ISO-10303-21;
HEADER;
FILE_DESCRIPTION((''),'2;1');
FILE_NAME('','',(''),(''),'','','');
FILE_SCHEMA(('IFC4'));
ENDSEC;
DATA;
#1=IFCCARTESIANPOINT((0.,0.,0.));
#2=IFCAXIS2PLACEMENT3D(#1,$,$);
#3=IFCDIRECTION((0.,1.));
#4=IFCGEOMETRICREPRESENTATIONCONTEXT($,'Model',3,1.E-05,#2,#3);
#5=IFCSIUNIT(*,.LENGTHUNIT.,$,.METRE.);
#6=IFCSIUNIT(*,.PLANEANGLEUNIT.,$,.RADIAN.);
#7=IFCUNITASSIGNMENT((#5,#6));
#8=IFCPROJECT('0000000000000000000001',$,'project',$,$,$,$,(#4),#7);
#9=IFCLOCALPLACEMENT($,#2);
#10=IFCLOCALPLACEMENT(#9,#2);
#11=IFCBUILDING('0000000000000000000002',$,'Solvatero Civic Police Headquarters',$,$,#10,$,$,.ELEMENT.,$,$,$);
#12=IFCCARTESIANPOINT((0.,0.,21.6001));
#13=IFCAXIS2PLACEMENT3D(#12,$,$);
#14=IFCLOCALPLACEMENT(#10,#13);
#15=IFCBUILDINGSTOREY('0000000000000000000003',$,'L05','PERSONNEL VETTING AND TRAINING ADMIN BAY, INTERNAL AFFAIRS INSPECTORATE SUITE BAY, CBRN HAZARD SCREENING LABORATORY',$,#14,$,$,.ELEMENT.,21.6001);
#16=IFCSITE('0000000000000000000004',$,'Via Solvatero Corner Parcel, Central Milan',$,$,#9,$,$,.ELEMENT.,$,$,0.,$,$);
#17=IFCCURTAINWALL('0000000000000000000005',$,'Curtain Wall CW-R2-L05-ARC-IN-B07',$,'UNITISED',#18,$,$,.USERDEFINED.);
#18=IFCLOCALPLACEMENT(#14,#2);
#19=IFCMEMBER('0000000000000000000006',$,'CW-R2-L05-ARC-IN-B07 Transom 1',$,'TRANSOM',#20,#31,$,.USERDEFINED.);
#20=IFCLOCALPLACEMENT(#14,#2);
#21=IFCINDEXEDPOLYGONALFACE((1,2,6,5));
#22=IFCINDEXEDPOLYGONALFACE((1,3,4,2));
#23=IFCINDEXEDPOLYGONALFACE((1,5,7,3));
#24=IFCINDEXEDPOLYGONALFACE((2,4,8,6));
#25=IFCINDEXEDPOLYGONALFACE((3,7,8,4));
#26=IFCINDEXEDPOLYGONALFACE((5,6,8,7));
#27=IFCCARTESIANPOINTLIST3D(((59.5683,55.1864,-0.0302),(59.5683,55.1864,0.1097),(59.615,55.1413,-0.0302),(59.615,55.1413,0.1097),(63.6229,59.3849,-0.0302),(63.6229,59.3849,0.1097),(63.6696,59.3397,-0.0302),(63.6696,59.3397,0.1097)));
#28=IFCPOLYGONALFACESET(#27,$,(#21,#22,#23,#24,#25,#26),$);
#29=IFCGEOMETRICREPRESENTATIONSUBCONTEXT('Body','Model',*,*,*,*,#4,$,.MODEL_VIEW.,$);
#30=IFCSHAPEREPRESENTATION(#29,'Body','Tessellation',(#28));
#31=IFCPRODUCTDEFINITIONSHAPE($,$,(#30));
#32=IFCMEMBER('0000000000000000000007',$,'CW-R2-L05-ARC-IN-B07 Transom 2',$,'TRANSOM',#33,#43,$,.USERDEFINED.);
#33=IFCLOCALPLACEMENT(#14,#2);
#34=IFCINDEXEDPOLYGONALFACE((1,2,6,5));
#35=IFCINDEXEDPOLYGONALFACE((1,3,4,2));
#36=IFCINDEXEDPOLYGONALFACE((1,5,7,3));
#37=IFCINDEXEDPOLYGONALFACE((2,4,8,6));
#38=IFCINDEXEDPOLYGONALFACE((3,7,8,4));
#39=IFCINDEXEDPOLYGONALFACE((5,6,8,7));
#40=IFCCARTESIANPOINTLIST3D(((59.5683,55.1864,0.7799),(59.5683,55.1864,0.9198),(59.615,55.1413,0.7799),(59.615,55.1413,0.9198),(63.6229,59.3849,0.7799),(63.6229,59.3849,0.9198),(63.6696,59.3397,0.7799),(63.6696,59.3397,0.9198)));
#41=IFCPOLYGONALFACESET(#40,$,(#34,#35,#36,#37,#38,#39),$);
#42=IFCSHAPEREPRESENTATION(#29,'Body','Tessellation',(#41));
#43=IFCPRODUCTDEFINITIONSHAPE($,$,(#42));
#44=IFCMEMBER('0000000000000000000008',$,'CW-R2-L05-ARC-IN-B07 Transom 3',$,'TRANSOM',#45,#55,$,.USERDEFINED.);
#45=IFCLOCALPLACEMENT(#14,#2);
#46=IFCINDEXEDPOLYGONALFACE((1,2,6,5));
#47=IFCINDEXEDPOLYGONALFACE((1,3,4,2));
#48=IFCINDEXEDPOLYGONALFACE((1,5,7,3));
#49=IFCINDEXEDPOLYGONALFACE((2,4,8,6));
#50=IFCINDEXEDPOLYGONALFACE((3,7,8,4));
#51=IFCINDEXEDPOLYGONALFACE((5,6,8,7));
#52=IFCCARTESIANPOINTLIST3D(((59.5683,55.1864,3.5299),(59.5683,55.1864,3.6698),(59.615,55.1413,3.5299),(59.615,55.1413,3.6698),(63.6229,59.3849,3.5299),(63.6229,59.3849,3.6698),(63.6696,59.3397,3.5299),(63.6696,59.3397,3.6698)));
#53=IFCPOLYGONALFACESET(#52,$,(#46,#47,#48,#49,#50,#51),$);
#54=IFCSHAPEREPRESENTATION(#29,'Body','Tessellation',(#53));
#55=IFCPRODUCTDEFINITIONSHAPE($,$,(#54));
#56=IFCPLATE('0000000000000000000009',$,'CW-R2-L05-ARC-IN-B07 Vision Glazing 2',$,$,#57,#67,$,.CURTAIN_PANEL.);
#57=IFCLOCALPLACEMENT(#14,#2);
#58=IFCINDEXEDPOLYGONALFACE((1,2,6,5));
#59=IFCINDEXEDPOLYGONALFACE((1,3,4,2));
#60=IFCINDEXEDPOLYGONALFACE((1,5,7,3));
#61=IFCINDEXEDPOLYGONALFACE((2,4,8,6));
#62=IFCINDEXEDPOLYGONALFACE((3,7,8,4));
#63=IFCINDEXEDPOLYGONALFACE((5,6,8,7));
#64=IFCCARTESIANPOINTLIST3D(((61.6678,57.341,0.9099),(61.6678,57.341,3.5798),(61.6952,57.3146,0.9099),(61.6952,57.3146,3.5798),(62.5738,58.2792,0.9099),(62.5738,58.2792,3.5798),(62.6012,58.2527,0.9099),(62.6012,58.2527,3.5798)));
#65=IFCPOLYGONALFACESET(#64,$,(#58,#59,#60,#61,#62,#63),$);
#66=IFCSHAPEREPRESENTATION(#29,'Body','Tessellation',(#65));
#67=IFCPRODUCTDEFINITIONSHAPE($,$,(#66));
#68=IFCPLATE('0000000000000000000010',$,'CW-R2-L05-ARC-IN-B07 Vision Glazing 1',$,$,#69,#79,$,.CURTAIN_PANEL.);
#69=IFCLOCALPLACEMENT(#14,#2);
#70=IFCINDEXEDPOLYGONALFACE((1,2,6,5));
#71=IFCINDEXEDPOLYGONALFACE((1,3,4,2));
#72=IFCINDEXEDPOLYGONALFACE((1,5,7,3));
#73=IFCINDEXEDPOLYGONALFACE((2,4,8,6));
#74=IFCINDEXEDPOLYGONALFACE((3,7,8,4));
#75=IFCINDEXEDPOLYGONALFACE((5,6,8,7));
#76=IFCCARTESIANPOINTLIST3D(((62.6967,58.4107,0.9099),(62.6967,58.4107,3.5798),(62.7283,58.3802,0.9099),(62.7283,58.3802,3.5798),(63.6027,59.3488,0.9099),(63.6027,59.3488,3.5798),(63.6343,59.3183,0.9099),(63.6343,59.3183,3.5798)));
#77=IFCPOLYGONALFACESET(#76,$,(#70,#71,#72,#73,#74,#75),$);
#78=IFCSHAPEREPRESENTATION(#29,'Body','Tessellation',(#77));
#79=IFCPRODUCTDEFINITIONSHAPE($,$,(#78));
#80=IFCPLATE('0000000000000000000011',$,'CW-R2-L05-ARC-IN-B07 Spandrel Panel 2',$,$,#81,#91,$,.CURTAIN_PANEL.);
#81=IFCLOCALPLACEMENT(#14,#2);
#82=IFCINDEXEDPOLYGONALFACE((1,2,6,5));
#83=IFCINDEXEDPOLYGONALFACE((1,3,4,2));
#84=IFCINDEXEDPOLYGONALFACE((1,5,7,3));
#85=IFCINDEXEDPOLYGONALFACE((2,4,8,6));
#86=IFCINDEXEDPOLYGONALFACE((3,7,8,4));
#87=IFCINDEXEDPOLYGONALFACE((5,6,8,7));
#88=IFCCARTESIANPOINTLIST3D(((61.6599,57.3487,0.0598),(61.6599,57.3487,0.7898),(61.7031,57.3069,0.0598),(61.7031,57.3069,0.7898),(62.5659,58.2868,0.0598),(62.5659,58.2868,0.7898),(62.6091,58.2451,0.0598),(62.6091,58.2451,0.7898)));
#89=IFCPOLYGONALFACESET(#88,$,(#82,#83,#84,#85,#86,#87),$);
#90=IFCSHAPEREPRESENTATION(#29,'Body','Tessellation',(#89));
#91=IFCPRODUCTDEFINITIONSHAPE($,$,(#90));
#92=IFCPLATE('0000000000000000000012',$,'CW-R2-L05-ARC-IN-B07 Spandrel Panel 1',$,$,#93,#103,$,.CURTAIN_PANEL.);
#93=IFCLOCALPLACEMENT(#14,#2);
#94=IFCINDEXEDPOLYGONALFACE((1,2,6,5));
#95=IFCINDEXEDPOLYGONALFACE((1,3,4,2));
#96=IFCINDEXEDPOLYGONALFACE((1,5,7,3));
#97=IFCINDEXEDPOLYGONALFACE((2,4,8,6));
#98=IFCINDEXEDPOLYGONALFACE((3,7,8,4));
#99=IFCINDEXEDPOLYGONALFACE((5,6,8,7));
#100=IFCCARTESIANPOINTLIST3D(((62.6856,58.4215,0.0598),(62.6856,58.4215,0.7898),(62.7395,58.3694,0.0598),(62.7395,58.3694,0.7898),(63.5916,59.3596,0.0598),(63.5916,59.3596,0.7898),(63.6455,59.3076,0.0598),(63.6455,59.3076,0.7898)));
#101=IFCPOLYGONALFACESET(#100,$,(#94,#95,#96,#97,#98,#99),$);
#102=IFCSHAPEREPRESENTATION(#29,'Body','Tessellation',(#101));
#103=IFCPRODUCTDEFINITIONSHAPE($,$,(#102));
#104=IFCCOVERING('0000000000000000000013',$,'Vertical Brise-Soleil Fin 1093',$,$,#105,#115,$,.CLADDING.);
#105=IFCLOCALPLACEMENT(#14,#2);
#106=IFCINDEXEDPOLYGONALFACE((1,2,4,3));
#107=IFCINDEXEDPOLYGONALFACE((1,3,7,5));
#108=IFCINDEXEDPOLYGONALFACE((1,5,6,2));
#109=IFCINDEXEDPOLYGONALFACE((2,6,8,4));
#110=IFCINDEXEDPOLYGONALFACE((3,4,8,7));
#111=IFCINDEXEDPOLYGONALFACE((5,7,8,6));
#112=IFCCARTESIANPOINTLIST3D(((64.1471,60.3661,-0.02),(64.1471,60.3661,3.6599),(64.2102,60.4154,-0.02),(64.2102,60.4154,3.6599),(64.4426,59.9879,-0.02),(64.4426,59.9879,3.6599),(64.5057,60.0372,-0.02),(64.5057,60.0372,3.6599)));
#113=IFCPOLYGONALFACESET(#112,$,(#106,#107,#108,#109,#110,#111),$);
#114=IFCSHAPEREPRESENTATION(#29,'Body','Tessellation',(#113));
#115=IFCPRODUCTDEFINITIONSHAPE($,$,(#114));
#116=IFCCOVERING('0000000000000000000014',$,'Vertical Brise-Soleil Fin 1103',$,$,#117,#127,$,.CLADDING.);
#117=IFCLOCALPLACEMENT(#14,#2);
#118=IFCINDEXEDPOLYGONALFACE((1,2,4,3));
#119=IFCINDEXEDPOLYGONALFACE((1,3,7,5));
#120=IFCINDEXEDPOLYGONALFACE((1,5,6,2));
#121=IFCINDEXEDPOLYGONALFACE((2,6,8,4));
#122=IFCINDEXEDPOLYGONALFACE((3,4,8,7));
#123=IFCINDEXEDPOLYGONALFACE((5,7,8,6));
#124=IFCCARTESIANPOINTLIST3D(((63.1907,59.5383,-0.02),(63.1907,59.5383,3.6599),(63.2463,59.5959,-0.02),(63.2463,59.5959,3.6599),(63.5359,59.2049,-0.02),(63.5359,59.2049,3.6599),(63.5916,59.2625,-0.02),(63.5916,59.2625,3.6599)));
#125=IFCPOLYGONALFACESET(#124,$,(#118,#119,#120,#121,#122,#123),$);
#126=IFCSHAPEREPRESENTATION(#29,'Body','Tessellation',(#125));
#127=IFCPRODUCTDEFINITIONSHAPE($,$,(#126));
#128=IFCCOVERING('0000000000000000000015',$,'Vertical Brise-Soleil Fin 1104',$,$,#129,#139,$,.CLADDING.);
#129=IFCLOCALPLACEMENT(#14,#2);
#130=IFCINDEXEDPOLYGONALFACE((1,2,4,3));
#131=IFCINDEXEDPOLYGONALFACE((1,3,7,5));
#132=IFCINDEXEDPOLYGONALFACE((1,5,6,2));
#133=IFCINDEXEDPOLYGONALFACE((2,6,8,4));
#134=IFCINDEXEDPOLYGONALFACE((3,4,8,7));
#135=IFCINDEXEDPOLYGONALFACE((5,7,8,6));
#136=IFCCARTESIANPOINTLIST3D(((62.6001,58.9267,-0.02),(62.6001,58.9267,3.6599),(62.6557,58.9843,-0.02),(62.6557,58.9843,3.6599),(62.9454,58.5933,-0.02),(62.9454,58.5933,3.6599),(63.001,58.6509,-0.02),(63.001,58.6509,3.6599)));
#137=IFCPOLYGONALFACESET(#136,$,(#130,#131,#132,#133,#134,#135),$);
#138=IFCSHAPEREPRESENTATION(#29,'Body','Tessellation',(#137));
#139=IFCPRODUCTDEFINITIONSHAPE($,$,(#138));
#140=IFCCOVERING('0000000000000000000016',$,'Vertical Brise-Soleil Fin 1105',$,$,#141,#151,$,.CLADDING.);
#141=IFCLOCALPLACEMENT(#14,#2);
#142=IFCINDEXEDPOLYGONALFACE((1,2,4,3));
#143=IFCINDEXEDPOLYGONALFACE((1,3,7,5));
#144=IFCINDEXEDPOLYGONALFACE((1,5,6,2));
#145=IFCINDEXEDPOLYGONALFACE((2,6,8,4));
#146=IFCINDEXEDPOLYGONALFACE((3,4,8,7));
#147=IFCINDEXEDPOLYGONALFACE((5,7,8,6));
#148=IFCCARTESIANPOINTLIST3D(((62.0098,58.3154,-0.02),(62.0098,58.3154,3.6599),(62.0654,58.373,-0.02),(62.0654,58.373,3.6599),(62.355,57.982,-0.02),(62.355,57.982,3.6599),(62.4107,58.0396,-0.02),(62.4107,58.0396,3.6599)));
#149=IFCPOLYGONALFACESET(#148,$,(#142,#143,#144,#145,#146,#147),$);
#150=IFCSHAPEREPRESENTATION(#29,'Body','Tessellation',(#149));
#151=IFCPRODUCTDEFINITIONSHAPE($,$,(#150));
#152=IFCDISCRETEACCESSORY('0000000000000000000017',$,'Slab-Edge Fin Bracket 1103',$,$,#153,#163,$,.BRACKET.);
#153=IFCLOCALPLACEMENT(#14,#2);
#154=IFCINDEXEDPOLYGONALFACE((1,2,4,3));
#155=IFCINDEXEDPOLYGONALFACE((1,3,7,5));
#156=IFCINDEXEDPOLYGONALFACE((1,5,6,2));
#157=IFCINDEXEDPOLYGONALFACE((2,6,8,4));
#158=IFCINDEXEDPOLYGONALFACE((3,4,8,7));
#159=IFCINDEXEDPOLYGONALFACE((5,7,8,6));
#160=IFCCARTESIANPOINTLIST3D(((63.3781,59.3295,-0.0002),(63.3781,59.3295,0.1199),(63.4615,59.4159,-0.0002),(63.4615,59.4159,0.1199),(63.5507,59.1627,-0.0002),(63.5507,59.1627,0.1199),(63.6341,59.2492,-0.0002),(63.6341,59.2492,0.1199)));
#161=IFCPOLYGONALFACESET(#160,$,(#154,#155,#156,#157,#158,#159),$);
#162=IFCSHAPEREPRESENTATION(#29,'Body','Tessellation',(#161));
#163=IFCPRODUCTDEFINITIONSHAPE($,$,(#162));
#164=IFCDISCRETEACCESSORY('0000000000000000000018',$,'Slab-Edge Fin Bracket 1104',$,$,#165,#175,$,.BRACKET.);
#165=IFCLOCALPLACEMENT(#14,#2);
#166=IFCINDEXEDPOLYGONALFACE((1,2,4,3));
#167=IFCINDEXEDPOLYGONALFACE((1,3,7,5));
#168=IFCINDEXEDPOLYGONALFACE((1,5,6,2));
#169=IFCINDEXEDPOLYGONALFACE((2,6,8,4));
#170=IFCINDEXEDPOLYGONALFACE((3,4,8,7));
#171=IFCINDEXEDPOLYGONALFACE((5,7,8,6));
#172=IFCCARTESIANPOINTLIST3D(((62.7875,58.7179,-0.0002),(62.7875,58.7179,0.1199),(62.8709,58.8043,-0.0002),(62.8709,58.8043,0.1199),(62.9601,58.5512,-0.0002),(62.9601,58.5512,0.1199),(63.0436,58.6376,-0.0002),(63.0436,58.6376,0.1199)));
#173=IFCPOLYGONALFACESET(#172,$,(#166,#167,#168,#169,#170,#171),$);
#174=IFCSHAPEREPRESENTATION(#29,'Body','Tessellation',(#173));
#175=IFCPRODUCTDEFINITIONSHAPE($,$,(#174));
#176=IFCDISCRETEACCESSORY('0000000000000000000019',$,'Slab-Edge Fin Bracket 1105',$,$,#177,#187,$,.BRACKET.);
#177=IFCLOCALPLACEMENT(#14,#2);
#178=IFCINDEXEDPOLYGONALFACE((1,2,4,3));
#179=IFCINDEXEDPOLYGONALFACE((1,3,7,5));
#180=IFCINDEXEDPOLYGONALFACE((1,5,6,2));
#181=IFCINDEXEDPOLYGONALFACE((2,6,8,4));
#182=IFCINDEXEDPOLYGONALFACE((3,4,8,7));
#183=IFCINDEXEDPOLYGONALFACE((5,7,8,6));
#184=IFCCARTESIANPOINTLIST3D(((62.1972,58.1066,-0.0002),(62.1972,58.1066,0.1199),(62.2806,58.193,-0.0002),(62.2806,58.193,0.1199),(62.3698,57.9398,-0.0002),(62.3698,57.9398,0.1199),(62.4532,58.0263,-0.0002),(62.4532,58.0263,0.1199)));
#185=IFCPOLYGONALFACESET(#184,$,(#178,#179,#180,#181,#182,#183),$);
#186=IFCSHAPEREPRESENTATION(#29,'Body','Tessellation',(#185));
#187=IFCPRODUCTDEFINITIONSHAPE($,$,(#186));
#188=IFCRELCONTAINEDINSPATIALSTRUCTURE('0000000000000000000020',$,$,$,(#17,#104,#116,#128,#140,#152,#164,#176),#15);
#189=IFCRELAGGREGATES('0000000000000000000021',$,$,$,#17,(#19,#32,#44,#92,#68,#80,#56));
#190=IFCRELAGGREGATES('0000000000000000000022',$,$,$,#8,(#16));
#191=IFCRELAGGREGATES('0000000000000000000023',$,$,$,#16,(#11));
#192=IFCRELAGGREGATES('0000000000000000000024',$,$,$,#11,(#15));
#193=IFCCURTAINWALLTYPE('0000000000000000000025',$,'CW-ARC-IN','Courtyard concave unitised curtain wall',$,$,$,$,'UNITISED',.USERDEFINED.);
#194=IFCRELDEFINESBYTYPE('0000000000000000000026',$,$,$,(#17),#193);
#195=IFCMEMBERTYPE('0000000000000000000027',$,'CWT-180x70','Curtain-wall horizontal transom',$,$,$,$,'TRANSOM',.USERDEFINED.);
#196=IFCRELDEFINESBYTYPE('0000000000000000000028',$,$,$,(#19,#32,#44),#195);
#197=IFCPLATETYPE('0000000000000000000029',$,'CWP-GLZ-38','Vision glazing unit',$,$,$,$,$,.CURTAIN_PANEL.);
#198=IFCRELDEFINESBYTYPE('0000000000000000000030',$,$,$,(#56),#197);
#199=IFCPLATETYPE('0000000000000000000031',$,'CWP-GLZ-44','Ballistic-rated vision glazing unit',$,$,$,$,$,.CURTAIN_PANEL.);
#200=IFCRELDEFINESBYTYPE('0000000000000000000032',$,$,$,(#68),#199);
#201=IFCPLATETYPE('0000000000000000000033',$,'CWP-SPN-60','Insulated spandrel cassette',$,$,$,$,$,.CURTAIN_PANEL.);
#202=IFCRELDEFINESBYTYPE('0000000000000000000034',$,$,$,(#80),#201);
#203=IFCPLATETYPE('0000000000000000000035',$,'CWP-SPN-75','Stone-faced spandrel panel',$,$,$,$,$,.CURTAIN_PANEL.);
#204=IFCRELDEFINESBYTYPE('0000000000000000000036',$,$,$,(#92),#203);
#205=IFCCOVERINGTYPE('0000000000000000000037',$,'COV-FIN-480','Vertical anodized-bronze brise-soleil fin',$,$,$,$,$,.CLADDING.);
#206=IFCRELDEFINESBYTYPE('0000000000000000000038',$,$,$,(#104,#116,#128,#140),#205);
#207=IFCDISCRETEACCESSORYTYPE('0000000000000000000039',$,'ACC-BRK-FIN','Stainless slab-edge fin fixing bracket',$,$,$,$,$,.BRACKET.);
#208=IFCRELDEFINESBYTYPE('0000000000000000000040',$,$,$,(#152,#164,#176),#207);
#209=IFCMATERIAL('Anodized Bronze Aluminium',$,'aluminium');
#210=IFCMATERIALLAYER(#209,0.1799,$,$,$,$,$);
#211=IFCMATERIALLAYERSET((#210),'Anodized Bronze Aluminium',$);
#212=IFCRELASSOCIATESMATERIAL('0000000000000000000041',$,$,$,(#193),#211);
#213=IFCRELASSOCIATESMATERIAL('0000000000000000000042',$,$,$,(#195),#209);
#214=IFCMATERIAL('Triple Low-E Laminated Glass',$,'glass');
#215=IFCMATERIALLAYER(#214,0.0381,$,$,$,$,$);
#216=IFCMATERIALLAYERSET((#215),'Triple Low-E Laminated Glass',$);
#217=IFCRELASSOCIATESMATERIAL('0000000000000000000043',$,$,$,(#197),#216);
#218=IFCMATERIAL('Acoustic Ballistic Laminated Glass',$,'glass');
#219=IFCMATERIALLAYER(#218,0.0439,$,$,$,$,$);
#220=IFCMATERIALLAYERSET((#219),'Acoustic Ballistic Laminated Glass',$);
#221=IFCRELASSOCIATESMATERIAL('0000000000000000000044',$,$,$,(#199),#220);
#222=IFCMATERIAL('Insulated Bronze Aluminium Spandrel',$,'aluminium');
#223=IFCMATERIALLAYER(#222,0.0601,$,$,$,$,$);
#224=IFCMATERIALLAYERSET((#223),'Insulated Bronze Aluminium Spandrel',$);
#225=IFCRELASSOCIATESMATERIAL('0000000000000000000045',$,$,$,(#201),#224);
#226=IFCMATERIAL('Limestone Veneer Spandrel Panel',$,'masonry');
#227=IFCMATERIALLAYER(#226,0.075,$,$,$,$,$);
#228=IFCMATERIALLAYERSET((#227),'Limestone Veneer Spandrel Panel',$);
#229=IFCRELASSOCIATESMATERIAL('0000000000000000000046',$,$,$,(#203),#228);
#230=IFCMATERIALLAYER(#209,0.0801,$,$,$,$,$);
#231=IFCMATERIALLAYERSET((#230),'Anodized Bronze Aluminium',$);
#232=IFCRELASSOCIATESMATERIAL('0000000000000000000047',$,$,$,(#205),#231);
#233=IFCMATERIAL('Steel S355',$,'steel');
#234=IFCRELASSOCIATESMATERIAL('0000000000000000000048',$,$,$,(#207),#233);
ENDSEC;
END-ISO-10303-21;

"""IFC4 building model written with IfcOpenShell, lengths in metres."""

from ifc_helpers import new_model, si_unit, direction, frame, origin, origin_2d, place, context, subcontext, project, spatial, rectangle, extrude, material, layer, layer_set, material_profile, profile_set, type_object, element, aggregate, save


model = new_model("IFC4")

# Units and contexts
model_context = context("Model", 3, precision=1e-05, world=origin(), true_north=direction((0.0, 1.0)))
body_context = subcontext(model_context, "Body", "Model", "MODEL_VIEW")
ifc_project = project(units=[si_unit("LENGTHUNIT", "METRE"), si_unit("PLANEANGLEUNIT", "RADIAN")], contexts=[model_context])

# Site, building, storey
site_placement = place(None, origin())
site = spatial("IfcSite", under=ifc_project, at=site_placement, Name="Via Solvatero Corner Parcel, Central Milan", CompositionType="ELEMENT", RefElevation=0.0)
building_placement = place(site_placement, origin())
building = spatial("IfcBuilding", under=site, at=building_placement, Name="Solvatero Civic Police Headquarters", CompositionType="ELEMENT")
storey_placement = place(building_placement, frame((0.0, 0.0, 21.6001)))
storey = spatial("IfcBuildingStorey", under=building, at=storey_placement, Name="L05", Description="PERSONNEL VETTING AND TRAINING ADMIN BAY, INTERNAL AFFAIRS INSPECTORATE SUITE BAY, CBRN HAZARD SCREENING LABORATORY", CompositionType="ELEMENT", Elevation=21.6001)

# Shared definitions
ifc_material_1 = material(Name="Steel S355", Category="steel")

# Shared definitions
ifc_material_2 = material(Name="Anodized Bronze Aluminium", Category="aluminium")
ifc_layer_1 = layer(ifc_material_2, 0.1799)
ifc_layer_set_1 = layer_set([ifc_layer_1], Name="Anodized Bronze Aluminium")
curtain_wall_type = type_object("IfcCurtainWallType", Name="CW-ARC-IN", Description="Courtyard concave unitised curtain wall", ElementType="UNITISED", PredefinedType="USERDEFINED", material=ifc_layer_set_1)

# Curtain wall, members, plates
curtain_wall_1_placement = place(storey_placement, origin())
curtain_wall_1 = element("IfcCurtainWall", 1, at=curtain_wall_1_placement, inside=storey, type_object=curtain_wall_type, Name="Curtain Wall CW-R2-L05-ARC-IN-B07", ObjectType="UNITISED", PredefinedType="USERDEFINED")
ifc_material_profile_1 = material_profile(ifc_material_2, rectangle(XDim=0.0649, YDim=0.1399, at=origin_2d()), Name="ALU TRANSOM 65x140")
ifc_profile_set_1 = profile_set([ifc_material_profile_1], Name="Anodized Bronze Aluminium")
member_type_1 = type_object("IfcMemberType", Name="CWT-180x70", Description="Curtain-wall horizontal transom", ElementType="TRANSOM", PredefinedType="USERDEFINED", material=ifc_profile_set_1)
member_1_placement = place(storey_placement, frame((63.6462, 59.3623, 0.0398), z_axis=(-0.694681, -0.719318, 0.0), x_axis=(0.719318, -0.694681, 0.0)))
member_1 = element("IfcMember", 2, at=member_1_placement, type_object=member_type_1, Name="CW-R2-L05-ARC-IN-B07 Transom 1", ObjectType="TRANSOM", PredefinedType="USERDEFINED", context=body_context, shape_type="SweptSolid", body=[
    extrude(rectangle(XDim=0.0649, YDim=0.1399, at=origin_2d()), origin(), (0.0, 0.0, 1.0), 5.8367),
])
member_2_placement = place(storey_placement, frame((63.6462, 59.3623, 0.8499), z_axis=(-0.694681, -0.719318, 0.0), x_axis=(0.719318, -0.694681, 0.0)))
member_2 = element("IfcMember", 3, at=member_2_placement, type_object=member_type_1, Name="CW-R2-L05-ARC-IN-B07 Transom 2", ObjectType="TRANSOM", PredefinedType="USERDEFINED", context=body_context, shape_type="SweptSolid", body=[
    extrude(rectangle(XDim=0.0649, YDim=0.1399, at=origin_2d()), origin(), (0.0, 0.0, 1.0), 5.8367),
])
member_3_placement = place(storey_placement, frame((63.6462, 59.3623, 3.5999), z_axis=(-0.694681, -0.719318, 0.0), x_axis=(0.719318, -0.694681, 0.0)))
member_3 = element("IfcMember", 4, at=member_3_placement, type_object=member_type_1, Name="CW-R2-L05-ARC-IN-B07 Transom 3", ObjectType="TRANSOM", PredefinedType="USERDEFINED", context=body_context, shape_type="SweptSolid", body=[
    extrude(rectangle(XDim=0.0649, YDim=0.1399, at=origin_2d()), origin(), (0.0, 0.0, 1.0), 5.8367),
])
ifc_material_3 = material(Name="Triple Low-E Laminated Glass", Category="glass")
ifc_layer_2 = layer(ifc_material_3, 0.0381)
ifc_layer_set_2 = layer_set([ifc_layer_2], Name="Triple Low-E Laminated Glass")
plate_type_1 = type_object("IfcPlateType", Name="CWP-GLZ-38", Description="Vision glazing unit", PredefinedType="CURTAIN_PANEL", material=ifc_layer_set_2)
plate_1_placement = place(storey_placement, frame((62.1345, 57.7969, 0.9099), z_axis=(0.0, 0.0, 1.0), x_axis=(-0.694658, -0.71934, 0.0)))
plate_1 = element("IfcPlate", 5, at=plate_1_placement, type_object=plate_type_1, Name="CW-R2-L05-ARC-IN-B07 Vision Glazing 2", PredefinedType="CURTAIN_PANEL", context=body_context, shape_type="SweptSolid", body=[
    extrude(rectangle(XDim=1.3042, YDim=0.0381, at=origin_2d()), origin(), (0.0, 0.0, 1.0), 2.6699),
])
ifc_material_4 = material(Name="Acoustic Ballistic Laminated Glass", Category="glass")
ifc_layer_3 = layer(ifc_material_4, 0.0439)
ifc_layer_set_3 = layer_set([ifc_layer_3], Name="Acoustic Ballistic Laminated Glass")
plate_type_2 = type_object("IfcPlateType", Name="CWP-GLZ-44", Description="Ballistic-rated vision glazing unit", PredefinedType="CURTAIN_PANEL", material=ifc_layer_set_3)
plate_2_placement = place(storey_placement, frame((63.1655, 58.8645, 0.9099), z_axis=(0.0, 0.0, 1.0), x_axis=(-0.694658, -0.71934, 0.0)))
plate_2 = element("IfcPlate", 6, at=plate_2_placement, type_object=plate_type_2, Name="CW-R2-L05-ARC-IN-B07 Vision Glazing 1", PredefinedType="CURTAIN_PANEL", context=body_context, shape_type="SweptSolid", body=[
    extrude(rectangle(XDim=1.3042, YDim=0.0439, at=origin_2d()), origin(), (0.0, 0.0, 1.0), 2.6699),
])
ifc_material_5 = material(Name="Insulated Bronze Aluminium Spandrel", Category="aluminium")
ifc_layer_4 = layer(ifc_material_5, 0.0601)
ifc_layer_set_4 = layer_set([ifc_layer_4], Name="Insulated Bronze Aluminium Spandrel")
plate_type_3 = type_object("IfcPlateType", Name="CWP-SPN-60", Description="Insulated spandrel cassette", PredefinedType="CURTAIN_PANEL", material=ifc_layer_set_4)
plate_3_placement = place(storey_placement, frame((62.1345, 57.7969, 0.0598), z_axis=(0.0, 0.0, 1.0), x_axis=(-0.694658, -0.71934, 0.0)))
plate_3 = element("IfcPlate", 7, at=plate_3_placement, type_object=plate_type_3, Name="CW-R2-L05-ARC-IN-B07 Spandrel Panel 2", PredefinedType="CURTAIN_PANEL", context=body_context, shape_type="SweptSolid", body=[
    extrude(rectangle(XDim=1.3042, YDim=0.0601, at=origin_2d()), origin(), (0.0, 0.0, 1.0), 0.73),
])
ifc_material_6 = material(Name="Limestone Veneer Spandrel Panel", Category="masonry")
ifc_layer_5 = layer(ifc_material_6, 0.075)
ifc_layer_set_5 = layer_set([ifc_layer_5], Name="Limestone Veneer Spandrel Panel")
plate_type_4 = type_object("IfcPlateType", Name="CWP-SPN-75", Description="Stone-faced spandrel panel", PredefinedType="CURTAIN_PANEL", material=ifc_layer_set_5)
plate_4_placement = place(storey_placement, frame((63.1655, 58.8645, 0.0598), z_axis=(0.0, 0.0, 1.0), x_axis=(-0.694658, -0.71934, 0.0)))
plate_4 = element("IfcPlate", 8, at=plate_4_placement, type_object=plate_type_4, Name="CW-R2-L05-ARC-IN-B07 Spandrel Panel 1", PredefinedType="CURTAIN_PANEL", context=body_context, shape_type="SweptSolid", body=[
    extrude(rectangle(XDim=1.3042, YDim=0.075, at=origin_2d()), origin(), (0.0, 0.0, 1.0), 0.73),
])
aggregate(curtain_wall_1, [member_1, member_2, member_3, plate_4, plate_2, plate_3, plate_1])

# Coverings
ifc_layer_6 = layer(ifc_material_2, 0.0801)
ifc_layer_set_6 = layer_set([ifc_layer_6], Name="Anodized Bronze Aluminium")
covering_type = type_object("IfcCoveringType", Name="COV-FIN-480", Description="Vertical anodized-bronze brise-soleil fin", PredefinedType="CLADDING", material=ifc_layer_set_6)
for number, where, z_axis, x_axis, name in (
    (9, (64.3264, 60.2017, -0.02), (0.0, 0.0, 1.0), (-0.788011, -0.615661, 0.0), "Vertical Brise-Soleil Fin 1093"),
    (10, (63.3911, 59.4004, -0.02), (0.0, 0.0, 1.0), (-0.694658, -0.71934, 0.0), "Vertical Brise-Soleil Fin 1103"),
    (11, (62.8005, 58.7888, -0.02), (0.0, 0.0, 1.0), (-0.694658, -0.71934, 0.0), "Vertical Brise-Soleil Fin 1104"),
    (12, (62.2102, 58.1775, -0.02), (0.0, 0.0, 1.0), (-0.694658, -0.71934, 0.0), "Vertical Brise-Soleil Fin 1105"),
):
    element("IfcCovering", number, at=place(storey_placement, frame(where, z_axis=z_axis, x_axis=x_axis)), inside=storey, type_object=covering_type, Name=name, PredefinedType="CLADDING", context=body_context, shape_type="SweptSolid", body=[
        extrude(rectangle(XDim=0.0801, YDim=0.48, at=origin_2d()), origin(), (0.0, 0.0, 1.0), 3.6799),
    ])

# Discrete accessories
discrete_accessory_type = type_object("IfcDiscreteAccessoryType", Name="ACC-BRK-FIN", Description="Stainless slab-edge fin fixing bracket", PredefinedType="BRACKET", material=ifc_material_1)
for number, where, z_axis, x_axis, name in (
    (13, (63.5061, 59.2893, -0.0002), (0.0, 0.0, 1.0), (-0.694658, -0.71934, 0.0), "Slab-Edge Fin Bracket 1103"),
    (14, (62.9155, 58.6777, -0.0002), (0.0, 0.0, 1.0), (-0.694658, -0.71934, 0.0), "Slab-Edge Fin Bracket 1104"),
    (15, (62.3252, 58.0664, -0.0002), (0.0, 0.0, 1.0), (-0.694658, -0.71934, 0.0), "Slab-Edge Fin Bracket 1105"),
):
    element("IfcDiscreteAccessory", number, at=place(storey_placement, frame(where, z_axis=z_axis, x_axis=x_axis)), inside=storey, type_object=discrete_accessory_type, Name=name, PredefinedType="BRACKET", context=body_context, shape_type="SweptSolid", body=[
        extrude(rectangle(XDim=0.1201, YDim=0.24, at=origin_2d()), origin(), (0.0, 0.0, 1.0), 0.1201),
    ])

save(model, "model.ifc")
